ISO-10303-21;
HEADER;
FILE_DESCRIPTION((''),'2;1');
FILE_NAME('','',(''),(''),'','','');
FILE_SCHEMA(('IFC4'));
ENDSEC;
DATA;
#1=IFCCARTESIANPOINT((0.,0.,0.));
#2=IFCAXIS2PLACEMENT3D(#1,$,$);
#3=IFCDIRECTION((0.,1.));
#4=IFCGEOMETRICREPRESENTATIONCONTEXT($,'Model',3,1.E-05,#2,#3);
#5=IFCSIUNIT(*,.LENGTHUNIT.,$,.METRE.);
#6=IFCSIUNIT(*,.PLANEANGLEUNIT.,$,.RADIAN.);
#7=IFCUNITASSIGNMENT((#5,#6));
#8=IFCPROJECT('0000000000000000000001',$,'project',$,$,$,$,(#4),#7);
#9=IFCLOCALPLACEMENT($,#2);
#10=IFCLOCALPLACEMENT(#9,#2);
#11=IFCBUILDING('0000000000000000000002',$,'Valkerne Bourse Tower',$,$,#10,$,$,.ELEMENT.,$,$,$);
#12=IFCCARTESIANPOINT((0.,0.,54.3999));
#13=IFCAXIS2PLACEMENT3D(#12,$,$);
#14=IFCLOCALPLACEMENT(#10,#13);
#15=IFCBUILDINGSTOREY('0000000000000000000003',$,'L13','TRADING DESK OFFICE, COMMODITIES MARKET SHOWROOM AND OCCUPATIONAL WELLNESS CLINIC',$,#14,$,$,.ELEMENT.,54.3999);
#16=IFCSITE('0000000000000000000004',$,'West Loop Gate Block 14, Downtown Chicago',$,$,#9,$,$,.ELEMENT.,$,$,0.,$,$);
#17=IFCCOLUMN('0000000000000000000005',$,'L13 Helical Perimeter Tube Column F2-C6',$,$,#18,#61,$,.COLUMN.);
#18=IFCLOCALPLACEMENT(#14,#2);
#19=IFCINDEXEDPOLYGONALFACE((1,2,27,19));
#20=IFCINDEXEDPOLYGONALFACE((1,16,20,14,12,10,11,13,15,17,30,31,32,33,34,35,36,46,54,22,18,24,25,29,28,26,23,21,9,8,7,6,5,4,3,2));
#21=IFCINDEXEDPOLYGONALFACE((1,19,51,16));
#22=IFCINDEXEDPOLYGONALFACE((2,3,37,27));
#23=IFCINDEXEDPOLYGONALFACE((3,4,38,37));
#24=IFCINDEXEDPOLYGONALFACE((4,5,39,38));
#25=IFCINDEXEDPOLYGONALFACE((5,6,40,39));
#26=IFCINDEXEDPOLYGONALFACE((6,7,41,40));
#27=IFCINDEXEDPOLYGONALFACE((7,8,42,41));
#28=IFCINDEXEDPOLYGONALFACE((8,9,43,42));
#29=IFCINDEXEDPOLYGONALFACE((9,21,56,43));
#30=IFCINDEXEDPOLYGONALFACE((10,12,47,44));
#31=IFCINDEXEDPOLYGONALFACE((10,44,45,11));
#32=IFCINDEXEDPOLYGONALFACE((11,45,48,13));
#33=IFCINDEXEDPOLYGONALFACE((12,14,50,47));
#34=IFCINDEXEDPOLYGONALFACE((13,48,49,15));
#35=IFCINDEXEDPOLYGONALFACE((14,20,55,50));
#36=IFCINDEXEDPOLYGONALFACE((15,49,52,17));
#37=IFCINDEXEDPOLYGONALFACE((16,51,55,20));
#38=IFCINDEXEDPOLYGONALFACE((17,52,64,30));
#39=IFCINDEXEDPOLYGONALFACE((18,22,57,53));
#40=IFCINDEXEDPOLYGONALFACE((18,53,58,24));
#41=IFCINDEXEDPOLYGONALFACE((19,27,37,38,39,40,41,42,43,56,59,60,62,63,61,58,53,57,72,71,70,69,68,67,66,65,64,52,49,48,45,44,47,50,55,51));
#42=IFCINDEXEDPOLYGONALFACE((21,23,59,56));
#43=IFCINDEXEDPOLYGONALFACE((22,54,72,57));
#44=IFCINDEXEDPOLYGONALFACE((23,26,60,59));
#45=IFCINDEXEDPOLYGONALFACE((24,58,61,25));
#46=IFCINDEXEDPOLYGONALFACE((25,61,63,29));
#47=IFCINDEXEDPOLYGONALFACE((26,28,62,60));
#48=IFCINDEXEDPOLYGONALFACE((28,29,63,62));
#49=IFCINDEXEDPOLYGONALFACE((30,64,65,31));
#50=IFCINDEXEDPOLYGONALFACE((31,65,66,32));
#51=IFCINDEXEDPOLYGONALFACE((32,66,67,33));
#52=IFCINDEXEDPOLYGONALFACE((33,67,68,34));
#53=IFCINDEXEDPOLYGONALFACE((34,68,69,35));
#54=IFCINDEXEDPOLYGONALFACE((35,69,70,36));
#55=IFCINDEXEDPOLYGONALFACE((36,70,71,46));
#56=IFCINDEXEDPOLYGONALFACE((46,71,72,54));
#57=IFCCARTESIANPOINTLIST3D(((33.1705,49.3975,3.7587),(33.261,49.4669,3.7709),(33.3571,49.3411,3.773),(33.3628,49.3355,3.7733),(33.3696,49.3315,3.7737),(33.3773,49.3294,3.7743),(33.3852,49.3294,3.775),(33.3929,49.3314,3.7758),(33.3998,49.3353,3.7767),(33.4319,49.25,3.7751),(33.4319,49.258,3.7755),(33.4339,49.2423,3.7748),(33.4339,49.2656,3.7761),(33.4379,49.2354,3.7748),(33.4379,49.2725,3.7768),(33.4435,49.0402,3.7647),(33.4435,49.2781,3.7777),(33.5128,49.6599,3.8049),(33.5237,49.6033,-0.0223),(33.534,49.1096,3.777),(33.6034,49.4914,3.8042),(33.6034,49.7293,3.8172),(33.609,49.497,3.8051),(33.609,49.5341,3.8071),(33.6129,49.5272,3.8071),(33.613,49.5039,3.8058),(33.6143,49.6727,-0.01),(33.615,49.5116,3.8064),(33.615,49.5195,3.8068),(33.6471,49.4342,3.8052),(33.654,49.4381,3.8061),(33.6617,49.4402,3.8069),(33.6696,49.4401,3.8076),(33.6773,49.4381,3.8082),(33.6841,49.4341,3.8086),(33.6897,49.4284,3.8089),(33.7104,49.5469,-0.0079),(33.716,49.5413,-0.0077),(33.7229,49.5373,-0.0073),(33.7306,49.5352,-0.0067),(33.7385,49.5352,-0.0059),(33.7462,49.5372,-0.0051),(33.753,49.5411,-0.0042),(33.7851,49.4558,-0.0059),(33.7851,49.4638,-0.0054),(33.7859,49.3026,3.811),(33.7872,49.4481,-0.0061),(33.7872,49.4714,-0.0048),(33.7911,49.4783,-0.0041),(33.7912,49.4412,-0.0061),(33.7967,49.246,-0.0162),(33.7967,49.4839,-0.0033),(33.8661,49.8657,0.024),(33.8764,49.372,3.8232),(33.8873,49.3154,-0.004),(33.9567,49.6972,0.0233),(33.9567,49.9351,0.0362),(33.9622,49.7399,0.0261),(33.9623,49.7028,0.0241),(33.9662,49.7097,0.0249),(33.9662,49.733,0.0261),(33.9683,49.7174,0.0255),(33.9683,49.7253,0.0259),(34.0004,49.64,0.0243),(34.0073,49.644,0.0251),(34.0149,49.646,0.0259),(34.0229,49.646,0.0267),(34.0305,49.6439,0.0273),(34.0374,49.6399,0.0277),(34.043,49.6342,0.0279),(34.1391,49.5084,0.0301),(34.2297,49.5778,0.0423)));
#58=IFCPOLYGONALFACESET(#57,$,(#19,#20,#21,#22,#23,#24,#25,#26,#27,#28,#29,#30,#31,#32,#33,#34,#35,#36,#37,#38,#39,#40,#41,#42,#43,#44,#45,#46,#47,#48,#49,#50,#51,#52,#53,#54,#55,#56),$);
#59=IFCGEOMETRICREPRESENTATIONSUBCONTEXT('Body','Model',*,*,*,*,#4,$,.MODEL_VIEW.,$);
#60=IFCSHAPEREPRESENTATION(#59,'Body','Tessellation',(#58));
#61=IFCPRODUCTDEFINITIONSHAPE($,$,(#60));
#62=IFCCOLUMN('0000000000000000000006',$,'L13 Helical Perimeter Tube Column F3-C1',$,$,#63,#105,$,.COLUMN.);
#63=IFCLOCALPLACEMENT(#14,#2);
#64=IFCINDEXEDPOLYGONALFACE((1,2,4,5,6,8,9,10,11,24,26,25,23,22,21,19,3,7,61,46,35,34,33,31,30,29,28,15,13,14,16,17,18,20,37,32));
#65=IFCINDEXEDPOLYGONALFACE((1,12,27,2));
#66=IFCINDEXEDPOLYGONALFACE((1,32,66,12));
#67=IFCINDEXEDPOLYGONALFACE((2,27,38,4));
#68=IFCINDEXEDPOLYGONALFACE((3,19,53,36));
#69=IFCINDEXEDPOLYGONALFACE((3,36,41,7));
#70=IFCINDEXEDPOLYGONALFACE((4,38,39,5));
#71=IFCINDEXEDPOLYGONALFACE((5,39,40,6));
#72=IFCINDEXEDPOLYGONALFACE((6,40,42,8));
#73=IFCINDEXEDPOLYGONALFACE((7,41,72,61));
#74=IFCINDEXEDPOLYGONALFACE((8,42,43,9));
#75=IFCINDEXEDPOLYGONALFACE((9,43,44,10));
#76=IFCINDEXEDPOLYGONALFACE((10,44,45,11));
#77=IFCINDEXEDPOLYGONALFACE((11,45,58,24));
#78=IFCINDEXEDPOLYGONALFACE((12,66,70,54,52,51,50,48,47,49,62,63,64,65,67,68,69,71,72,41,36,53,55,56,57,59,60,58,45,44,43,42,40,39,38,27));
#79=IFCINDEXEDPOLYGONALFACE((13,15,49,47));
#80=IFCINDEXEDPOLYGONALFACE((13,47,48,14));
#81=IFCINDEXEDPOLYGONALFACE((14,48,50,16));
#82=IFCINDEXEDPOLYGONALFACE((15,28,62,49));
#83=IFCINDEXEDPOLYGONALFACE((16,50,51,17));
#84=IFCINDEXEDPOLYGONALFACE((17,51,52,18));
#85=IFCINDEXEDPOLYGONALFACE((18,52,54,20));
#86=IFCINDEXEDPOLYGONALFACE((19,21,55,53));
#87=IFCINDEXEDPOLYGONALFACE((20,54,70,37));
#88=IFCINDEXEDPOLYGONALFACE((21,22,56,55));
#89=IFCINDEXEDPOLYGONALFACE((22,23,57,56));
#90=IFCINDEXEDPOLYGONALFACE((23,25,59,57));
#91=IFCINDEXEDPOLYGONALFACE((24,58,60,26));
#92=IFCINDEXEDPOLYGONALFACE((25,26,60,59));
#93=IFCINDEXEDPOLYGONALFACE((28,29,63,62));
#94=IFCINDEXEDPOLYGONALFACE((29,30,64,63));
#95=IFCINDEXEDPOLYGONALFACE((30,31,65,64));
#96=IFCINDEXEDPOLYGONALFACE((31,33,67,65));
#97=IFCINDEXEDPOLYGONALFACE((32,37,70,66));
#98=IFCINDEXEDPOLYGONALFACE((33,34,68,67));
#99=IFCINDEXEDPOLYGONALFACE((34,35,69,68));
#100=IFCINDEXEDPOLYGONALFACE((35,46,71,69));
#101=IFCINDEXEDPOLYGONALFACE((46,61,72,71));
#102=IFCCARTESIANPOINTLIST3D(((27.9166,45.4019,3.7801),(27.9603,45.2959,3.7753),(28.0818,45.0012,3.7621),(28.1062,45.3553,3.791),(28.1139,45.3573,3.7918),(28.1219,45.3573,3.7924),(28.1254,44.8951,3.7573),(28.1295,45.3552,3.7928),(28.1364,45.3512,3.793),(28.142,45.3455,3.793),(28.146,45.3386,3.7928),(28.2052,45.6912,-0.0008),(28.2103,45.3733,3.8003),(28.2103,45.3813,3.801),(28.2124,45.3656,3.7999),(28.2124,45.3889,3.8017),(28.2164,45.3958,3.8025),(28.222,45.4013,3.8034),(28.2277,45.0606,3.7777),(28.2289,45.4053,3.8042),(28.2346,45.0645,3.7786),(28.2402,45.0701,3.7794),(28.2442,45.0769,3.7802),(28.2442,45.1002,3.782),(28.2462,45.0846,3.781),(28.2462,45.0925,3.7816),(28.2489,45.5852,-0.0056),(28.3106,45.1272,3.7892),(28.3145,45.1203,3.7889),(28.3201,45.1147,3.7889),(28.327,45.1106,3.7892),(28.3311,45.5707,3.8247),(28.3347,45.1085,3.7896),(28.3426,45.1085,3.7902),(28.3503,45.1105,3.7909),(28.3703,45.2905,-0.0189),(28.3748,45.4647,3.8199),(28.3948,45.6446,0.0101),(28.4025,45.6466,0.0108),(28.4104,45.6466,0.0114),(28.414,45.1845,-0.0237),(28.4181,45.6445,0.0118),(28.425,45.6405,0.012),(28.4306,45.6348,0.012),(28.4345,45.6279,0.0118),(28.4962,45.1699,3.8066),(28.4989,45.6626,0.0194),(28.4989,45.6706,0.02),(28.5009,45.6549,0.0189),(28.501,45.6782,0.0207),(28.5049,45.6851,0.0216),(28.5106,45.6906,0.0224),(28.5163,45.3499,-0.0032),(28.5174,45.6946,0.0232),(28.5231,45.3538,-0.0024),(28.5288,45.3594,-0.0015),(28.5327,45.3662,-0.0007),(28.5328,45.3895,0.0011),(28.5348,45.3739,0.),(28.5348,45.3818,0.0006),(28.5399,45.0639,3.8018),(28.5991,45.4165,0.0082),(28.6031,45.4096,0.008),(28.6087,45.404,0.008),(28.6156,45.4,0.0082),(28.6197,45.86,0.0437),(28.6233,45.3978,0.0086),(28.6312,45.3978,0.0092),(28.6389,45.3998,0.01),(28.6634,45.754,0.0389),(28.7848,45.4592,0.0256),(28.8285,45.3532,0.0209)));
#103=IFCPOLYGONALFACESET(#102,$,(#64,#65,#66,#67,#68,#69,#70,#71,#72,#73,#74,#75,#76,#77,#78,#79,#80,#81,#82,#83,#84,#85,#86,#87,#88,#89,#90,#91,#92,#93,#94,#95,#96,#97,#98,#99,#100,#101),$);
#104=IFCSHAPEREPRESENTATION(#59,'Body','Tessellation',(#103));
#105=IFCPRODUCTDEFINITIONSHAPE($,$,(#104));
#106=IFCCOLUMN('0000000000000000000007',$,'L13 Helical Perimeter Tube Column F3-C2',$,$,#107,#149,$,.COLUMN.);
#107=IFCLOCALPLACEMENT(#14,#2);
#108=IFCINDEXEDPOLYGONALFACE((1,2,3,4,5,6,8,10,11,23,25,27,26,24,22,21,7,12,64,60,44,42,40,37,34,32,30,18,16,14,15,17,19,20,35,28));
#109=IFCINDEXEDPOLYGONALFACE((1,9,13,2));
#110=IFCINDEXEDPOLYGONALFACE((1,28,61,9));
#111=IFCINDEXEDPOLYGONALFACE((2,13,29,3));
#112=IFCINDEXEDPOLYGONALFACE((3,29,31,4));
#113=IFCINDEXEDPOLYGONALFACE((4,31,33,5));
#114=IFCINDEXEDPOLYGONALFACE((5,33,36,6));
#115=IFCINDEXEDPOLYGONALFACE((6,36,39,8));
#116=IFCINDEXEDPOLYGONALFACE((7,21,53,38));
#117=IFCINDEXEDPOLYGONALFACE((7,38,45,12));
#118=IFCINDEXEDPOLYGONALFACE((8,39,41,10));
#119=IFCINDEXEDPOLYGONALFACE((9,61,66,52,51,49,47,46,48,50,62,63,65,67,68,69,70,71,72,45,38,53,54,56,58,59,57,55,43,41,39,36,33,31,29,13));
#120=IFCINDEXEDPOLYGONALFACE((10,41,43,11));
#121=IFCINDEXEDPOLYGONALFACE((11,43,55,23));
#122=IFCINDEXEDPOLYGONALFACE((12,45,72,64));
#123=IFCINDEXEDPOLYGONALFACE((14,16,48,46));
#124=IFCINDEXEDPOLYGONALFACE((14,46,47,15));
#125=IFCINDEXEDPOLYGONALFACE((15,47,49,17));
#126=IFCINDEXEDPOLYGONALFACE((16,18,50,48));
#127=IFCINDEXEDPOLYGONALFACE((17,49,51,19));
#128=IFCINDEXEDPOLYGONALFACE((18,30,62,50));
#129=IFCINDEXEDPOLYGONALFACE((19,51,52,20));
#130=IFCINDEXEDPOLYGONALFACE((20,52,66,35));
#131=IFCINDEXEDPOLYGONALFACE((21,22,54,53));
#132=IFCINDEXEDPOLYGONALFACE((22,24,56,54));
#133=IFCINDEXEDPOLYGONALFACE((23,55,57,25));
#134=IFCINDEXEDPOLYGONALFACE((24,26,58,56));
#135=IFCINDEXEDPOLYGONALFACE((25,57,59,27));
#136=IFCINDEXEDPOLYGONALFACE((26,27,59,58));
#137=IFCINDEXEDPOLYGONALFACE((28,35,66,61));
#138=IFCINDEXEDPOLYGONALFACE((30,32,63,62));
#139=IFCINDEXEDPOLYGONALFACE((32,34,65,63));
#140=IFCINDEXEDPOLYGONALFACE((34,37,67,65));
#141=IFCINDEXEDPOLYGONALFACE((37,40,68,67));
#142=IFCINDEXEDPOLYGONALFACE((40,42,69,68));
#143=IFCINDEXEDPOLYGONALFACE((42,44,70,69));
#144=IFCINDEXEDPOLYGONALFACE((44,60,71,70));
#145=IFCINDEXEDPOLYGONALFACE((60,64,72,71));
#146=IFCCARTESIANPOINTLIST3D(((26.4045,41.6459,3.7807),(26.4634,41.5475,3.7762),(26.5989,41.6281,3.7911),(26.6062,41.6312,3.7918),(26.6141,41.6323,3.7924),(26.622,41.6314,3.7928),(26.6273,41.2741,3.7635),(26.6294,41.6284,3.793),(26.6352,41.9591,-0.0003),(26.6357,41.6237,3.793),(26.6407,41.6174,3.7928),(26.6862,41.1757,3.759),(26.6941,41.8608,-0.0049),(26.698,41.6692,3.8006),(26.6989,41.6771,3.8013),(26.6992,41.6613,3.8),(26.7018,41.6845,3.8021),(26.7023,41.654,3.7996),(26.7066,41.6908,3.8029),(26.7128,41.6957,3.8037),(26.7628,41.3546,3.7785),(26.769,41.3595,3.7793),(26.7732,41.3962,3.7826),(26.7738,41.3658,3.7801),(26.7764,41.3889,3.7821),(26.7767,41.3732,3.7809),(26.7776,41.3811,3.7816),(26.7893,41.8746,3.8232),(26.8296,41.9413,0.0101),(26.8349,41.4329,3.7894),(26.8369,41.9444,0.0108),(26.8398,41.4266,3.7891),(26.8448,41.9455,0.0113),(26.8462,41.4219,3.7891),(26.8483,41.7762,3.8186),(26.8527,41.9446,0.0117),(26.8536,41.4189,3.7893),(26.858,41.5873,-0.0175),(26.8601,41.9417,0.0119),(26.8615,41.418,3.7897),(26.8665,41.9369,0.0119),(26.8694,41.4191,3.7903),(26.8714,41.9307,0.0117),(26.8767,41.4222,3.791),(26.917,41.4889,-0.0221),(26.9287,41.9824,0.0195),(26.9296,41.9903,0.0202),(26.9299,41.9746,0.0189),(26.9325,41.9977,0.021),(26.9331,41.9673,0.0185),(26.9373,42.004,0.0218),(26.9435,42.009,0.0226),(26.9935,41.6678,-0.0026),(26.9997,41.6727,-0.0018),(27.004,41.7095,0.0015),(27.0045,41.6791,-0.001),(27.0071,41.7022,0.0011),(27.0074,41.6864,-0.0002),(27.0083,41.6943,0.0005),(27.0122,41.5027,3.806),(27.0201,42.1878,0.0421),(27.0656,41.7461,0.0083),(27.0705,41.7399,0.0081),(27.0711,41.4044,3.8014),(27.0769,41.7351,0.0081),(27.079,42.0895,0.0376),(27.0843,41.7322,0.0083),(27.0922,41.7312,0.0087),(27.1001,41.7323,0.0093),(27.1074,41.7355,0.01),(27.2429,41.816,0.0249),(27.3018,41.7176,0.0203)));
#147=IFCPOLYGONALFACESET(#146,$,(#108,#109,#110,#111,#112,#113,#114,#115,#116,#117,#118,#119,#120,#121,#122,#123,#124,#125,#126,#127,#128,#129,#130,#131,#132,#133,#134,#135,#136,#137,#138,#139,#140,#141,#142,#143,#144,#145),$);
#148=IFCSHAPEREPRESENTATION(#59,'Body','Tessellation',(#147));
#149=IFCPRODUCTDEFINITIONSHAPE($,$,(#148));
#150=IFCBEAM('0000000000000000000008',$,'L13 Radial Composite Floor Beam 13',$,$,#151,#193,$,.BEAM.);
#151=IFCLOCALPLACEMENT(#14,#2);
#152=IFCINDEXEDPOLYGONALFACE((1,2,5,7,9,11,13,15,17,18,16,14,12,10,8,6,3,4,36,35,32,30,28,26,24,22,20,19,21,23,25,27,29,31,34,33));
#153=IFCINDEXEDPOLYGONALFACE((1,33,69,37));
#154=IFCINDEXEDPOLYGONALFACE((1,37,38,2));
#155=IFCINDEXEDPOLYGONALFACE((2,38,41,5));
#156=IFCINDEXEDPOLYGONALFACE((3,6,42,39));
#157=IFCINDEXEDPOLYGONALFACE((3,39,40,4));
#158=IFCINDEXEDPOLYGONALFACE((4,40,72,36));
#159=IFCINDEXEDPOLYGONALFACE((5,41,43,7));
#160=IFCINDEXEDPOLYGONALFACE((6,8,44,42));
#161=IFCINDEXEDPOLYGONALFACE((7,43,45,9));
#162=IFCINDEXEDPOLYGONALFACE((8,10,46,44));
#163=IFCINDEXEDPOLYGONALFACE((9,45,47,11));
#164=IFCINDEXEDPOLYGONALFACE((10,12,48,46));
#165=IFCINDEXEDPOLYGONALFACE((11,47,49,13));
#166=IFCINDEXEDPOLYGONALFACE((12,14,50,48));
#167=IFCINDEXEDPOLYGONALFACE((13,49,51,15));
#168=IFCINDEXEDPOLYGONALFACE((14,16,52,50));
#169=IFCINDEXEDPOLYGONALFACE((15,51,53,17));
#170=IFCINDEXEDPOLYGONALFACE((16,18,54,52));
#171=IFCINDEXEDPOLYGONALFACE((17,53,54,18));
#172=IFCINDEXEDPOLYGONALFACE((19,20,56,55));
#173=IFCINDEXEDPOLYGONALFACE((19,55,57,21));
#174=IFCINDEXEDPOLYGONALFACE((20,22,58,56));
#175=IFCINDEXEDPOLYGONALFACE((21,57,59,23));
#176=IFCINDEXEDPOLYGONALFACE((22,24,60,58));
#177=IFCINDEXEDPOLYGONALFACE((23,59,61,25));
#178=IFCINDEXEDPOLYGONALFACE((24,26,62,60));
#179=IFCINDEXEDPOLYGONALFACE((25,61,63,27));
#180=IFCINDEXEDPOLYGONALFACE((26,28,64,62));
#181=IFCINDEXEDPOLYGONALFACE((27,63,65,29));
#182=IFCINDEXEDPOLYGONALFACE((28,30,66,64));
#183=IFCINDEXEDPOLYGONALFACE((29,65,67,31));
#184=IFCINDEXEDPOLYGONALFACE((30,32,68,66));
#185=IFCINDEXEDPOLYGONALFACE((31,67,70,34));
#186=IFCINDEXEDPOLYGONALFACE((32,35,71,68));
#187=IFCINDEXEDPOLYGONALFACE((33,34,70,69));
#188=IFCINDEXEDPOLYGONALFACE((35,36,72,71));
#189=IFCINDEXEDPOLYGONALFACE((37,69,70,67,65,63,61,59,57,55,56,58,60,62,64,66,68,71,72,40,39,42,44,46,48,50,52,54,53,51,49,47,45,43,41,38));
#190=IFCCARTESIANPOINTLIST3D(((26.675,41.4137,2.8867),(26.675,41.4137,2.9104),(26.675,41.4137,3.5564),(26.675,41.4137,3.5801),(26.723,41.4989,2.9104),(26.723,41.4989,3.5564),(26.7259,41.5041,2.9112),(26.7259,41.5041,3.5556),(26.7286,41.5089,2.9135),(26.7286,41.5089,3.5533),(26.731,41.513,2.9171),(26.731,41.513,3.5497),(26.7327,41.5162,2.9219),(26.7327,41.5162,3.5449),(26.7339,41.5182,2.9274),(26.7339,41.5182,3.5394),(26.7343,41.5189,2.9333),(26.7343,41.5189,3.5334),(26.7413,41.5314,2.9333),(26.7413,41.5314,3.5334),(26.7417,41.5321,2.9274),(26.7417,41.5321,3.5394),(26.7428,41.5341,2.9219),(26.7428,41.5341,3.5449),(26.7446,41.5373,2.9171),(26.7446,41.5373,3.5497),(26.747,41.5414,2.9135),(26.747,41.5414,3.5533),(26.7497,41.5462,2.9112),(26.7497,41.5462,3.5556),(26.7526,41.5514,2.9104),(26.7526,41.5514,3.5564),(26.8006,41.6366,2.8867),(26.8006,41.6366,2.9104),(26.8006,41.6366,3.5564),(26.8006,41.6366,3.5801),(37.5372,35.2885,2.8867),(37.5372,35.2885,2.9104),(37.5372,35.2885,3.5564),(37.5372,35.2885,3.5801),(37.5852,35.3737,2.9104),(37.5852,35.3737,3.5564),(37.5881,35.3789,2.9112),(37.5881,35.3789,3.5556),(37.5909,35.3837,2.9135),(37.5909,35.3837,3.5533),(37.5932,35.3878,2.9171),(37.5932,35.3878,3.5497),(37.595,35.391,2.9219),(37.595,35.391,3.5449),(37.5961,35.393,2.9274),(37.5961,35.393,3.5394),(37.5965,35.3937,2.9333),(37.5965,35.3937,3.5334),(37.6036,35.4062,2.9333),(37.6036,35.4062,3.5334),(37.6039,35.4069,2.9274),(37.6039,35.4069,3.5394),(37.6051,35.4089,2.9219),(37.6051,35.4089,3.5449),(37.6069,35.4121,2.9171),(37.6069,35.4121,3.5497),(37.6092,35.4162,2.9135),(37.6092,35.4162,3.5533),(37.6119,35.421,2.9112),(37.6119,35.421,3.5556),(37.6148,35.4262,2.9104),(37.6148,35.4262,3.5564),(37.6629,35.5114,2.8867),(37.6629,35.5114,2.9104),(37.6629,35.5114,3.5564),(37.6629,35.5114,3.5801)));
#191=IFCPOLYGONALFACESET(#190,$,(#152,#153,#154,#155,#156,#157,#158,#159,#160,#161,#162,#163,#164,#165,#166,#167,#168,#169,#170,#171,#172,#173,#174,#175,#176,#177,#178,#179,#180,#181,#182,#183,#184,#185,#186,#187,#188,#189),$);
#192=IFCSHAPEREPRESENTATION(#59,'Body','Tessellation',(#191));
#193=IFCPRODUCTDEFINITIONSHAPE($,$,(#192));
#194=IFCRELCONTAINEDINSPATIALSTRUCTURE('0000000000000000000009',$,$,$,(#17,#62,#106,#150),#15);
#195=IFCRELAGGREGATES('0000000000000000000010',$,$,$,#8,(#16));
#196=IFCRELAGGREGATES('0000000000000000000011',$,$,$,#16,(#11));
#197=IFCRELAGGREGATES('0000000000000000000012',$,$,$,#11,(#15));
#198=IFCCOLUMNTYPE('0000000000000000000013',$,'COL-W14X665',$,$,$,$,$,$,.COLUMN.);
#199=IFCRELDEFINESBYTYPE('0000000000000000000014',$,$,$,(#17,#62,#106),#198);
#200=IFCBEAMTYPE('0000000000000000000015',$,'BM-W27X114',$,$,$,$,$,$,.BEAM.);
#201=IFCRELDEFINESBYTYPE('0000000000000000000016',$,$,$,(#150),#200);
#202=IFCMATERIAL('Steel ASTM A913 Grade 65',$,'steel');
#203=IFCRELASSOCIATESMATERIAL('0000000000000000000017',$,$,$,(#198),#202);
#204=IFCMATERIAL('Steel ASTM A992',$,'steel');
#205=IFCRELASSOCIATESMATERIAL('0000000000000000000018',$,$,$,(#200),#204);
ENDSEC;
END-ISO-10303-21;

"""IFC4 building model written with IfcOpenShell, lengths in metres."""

from ifc_helpers import new_model, si_unit, direction, frame, origin, origin_2d, place, context, subcontext, project, spatial, i_section, extrude, material, material_profile, profile_set, type_object, element, save


model = new_model("IFC4")

# Units and contexts
model_context = context("Model", 3, precision=1e-05, world=origin(), true_north=direction((0.0, 1.0)))
body_context = subcontext(model_context, "Body", "Model", "MODEL_VIEW")
ifc_project = project(units=[si_unit("LENGTHUNIT", "METRE"), si_unit("PLANEANGLEUNIT", "RADIAN")], contexts=[model_context])

# Site, building, storey
site_placement = place(None, origin())
site = spatial("IfcSite", under=ifc_project, at=site_placement, Name="West Loop Gate Block 14, Downtown Chicago", CompositionType="ELEMENT", RefElevation=0.0)
building_placement = place(site_placement, origin())
building = spatial("IfcBuilding", under=site, at=building_placement, Name="Valkerne Bourse Tower", CompositionType="ELEMENT")
storey_placement = place(building_placement, frame((0.0, 0.0, 54.3999)))
storey = spatial("IfcBuildingStorey", under=building, at=storey_placement, Name="L13", Description="TRADING DESK OFFICE, COMMODITIES MARKET SHOWROOM AND OCCUPATIONAL WELLNESS CLINIC", CompositionType="ELEMENT", Elevation=54.3999)

# Columns
ifc_material_1 = material(Name="Steel ASTM A913 Grade 65", Category="steel")
ifc_material_profile_1 = material_profile(ifc_material_1, i_section(OverallWidth=0.4497, OverallDepth=0.5486, WebThickness=0.072, FlangeThickness=0.1147, FilletRadius=0.0305, at=origin_2d()), Name="W14X665")
ifc_profile_set_1 = profile_set([ifc_material_profile_1], Name="Steel ASTM A913 Grade 65")
column_type = type_object("IfcColumnType", Name="COL-W14X665", PredefinedType="COLUMN", material=ifc_profile_set_1)
for number, where, z_axis, x_axis, name in (
    (1, (33.8767, 49.5906, 0.01), (-0.092892, -0.054117, 0.994204), (-0.607087, 0.794521, -0.013474), "L13 Helical Perimeter Tube Column F2-C6"),
    (2, (28.5168, 45.5222, 0.01), (-0.07588, -0.076073, 0.994211), (-0.921622, -0.375235, -0.099052), "L13 Helical Perimeter Tube Column F3-C1"),
):
    element("IfcColumn", number, at=place(storey_placement, frame(where, z_axis=z_axis, x_axis=x_axis)), inside=storey, type_object=column_type, Name=name, PredefinedType="COLUMN", context=body_context, shape_type="SweptSolid", body=[
        extrude(i_section(OverallWidth=0.4497, OverallDepth=0.5486, WebThickness=0.072, FlangeThickness=0.1147, FilletRadius=0.0305, at=origin_2d()), origin(), (0.0, 0.0, 1.0), 3.803),
    ])
column_placement = place(storey_placement, frame((26.9685, 41.8384, 0.01), z_axis=(-0.060698, -0.082409, 0.994748), x_axis=(-0.855854, -0.508539, -0.094353)))
element("IfcColumn", 3, at=column_placement, inside=storey, type_object=column_type, Name="L13 Helical Perimeter Tube Column F3-C2", PredefinedType="COLUMN", context=body_context, shape_type="SweptSolid", body=[
    extrude(i_section(OverallWidth=0.4497, OverallDepth=0.5486, WebThickness=0.072, FlangeThickness=0.1147, FilletRadius=0.0305, at=origin_2d()), origin(), (0.0, 0.0, 1.0), 3.801),
])

# Beam
ifc_material_2 = material(Name="Steel ASTM A992", Category="steel")
ifc_material_profile_2 = material_profile(ifc_material_2, i_section(OverallWidth=0.2559, OverallDepth=0.6934, WebThickness=0.0144, FlangeThickness=0.0237, FilletRadius=0.0229, at=origin_2d()), Name="W27X114")
ifc_profile_set_2 = profile_set([ifc_material_profile_2], Name="Steel ASTM A992")
beam_type_1 = type_object("IfcBeamType", Name="BM-W27X114", PredefinedType="BEAM", material=ifc_profile_set_2)
beam_1_placement = place(storey_placement, frame((26.7378, 41.5251, 3.2334), z_axis=(0.871054, -0.491187, 0.0), x_axis=(0.491187, 0.871054, 0.0)))
element("IfcBeam", 4, at=beam_1_placement, inside=storey, type_object=beam_type_1, Name="L13 Radial Composite Floor Beam 13", PredefinedType="BEAM", context=body_context, shape_type="SweptSolid", body=[
    extrude(i_section(OverallWidth=0.2559, OverallDepth=0.6934, WebThickness=0.0144, FlangeThickness=0.0237, FilletRadius=0.0229, at=origin_2d()), origin(), (0.0, 0.0, 1.0), 12.4702),
])

save(model, "model.ifc")
